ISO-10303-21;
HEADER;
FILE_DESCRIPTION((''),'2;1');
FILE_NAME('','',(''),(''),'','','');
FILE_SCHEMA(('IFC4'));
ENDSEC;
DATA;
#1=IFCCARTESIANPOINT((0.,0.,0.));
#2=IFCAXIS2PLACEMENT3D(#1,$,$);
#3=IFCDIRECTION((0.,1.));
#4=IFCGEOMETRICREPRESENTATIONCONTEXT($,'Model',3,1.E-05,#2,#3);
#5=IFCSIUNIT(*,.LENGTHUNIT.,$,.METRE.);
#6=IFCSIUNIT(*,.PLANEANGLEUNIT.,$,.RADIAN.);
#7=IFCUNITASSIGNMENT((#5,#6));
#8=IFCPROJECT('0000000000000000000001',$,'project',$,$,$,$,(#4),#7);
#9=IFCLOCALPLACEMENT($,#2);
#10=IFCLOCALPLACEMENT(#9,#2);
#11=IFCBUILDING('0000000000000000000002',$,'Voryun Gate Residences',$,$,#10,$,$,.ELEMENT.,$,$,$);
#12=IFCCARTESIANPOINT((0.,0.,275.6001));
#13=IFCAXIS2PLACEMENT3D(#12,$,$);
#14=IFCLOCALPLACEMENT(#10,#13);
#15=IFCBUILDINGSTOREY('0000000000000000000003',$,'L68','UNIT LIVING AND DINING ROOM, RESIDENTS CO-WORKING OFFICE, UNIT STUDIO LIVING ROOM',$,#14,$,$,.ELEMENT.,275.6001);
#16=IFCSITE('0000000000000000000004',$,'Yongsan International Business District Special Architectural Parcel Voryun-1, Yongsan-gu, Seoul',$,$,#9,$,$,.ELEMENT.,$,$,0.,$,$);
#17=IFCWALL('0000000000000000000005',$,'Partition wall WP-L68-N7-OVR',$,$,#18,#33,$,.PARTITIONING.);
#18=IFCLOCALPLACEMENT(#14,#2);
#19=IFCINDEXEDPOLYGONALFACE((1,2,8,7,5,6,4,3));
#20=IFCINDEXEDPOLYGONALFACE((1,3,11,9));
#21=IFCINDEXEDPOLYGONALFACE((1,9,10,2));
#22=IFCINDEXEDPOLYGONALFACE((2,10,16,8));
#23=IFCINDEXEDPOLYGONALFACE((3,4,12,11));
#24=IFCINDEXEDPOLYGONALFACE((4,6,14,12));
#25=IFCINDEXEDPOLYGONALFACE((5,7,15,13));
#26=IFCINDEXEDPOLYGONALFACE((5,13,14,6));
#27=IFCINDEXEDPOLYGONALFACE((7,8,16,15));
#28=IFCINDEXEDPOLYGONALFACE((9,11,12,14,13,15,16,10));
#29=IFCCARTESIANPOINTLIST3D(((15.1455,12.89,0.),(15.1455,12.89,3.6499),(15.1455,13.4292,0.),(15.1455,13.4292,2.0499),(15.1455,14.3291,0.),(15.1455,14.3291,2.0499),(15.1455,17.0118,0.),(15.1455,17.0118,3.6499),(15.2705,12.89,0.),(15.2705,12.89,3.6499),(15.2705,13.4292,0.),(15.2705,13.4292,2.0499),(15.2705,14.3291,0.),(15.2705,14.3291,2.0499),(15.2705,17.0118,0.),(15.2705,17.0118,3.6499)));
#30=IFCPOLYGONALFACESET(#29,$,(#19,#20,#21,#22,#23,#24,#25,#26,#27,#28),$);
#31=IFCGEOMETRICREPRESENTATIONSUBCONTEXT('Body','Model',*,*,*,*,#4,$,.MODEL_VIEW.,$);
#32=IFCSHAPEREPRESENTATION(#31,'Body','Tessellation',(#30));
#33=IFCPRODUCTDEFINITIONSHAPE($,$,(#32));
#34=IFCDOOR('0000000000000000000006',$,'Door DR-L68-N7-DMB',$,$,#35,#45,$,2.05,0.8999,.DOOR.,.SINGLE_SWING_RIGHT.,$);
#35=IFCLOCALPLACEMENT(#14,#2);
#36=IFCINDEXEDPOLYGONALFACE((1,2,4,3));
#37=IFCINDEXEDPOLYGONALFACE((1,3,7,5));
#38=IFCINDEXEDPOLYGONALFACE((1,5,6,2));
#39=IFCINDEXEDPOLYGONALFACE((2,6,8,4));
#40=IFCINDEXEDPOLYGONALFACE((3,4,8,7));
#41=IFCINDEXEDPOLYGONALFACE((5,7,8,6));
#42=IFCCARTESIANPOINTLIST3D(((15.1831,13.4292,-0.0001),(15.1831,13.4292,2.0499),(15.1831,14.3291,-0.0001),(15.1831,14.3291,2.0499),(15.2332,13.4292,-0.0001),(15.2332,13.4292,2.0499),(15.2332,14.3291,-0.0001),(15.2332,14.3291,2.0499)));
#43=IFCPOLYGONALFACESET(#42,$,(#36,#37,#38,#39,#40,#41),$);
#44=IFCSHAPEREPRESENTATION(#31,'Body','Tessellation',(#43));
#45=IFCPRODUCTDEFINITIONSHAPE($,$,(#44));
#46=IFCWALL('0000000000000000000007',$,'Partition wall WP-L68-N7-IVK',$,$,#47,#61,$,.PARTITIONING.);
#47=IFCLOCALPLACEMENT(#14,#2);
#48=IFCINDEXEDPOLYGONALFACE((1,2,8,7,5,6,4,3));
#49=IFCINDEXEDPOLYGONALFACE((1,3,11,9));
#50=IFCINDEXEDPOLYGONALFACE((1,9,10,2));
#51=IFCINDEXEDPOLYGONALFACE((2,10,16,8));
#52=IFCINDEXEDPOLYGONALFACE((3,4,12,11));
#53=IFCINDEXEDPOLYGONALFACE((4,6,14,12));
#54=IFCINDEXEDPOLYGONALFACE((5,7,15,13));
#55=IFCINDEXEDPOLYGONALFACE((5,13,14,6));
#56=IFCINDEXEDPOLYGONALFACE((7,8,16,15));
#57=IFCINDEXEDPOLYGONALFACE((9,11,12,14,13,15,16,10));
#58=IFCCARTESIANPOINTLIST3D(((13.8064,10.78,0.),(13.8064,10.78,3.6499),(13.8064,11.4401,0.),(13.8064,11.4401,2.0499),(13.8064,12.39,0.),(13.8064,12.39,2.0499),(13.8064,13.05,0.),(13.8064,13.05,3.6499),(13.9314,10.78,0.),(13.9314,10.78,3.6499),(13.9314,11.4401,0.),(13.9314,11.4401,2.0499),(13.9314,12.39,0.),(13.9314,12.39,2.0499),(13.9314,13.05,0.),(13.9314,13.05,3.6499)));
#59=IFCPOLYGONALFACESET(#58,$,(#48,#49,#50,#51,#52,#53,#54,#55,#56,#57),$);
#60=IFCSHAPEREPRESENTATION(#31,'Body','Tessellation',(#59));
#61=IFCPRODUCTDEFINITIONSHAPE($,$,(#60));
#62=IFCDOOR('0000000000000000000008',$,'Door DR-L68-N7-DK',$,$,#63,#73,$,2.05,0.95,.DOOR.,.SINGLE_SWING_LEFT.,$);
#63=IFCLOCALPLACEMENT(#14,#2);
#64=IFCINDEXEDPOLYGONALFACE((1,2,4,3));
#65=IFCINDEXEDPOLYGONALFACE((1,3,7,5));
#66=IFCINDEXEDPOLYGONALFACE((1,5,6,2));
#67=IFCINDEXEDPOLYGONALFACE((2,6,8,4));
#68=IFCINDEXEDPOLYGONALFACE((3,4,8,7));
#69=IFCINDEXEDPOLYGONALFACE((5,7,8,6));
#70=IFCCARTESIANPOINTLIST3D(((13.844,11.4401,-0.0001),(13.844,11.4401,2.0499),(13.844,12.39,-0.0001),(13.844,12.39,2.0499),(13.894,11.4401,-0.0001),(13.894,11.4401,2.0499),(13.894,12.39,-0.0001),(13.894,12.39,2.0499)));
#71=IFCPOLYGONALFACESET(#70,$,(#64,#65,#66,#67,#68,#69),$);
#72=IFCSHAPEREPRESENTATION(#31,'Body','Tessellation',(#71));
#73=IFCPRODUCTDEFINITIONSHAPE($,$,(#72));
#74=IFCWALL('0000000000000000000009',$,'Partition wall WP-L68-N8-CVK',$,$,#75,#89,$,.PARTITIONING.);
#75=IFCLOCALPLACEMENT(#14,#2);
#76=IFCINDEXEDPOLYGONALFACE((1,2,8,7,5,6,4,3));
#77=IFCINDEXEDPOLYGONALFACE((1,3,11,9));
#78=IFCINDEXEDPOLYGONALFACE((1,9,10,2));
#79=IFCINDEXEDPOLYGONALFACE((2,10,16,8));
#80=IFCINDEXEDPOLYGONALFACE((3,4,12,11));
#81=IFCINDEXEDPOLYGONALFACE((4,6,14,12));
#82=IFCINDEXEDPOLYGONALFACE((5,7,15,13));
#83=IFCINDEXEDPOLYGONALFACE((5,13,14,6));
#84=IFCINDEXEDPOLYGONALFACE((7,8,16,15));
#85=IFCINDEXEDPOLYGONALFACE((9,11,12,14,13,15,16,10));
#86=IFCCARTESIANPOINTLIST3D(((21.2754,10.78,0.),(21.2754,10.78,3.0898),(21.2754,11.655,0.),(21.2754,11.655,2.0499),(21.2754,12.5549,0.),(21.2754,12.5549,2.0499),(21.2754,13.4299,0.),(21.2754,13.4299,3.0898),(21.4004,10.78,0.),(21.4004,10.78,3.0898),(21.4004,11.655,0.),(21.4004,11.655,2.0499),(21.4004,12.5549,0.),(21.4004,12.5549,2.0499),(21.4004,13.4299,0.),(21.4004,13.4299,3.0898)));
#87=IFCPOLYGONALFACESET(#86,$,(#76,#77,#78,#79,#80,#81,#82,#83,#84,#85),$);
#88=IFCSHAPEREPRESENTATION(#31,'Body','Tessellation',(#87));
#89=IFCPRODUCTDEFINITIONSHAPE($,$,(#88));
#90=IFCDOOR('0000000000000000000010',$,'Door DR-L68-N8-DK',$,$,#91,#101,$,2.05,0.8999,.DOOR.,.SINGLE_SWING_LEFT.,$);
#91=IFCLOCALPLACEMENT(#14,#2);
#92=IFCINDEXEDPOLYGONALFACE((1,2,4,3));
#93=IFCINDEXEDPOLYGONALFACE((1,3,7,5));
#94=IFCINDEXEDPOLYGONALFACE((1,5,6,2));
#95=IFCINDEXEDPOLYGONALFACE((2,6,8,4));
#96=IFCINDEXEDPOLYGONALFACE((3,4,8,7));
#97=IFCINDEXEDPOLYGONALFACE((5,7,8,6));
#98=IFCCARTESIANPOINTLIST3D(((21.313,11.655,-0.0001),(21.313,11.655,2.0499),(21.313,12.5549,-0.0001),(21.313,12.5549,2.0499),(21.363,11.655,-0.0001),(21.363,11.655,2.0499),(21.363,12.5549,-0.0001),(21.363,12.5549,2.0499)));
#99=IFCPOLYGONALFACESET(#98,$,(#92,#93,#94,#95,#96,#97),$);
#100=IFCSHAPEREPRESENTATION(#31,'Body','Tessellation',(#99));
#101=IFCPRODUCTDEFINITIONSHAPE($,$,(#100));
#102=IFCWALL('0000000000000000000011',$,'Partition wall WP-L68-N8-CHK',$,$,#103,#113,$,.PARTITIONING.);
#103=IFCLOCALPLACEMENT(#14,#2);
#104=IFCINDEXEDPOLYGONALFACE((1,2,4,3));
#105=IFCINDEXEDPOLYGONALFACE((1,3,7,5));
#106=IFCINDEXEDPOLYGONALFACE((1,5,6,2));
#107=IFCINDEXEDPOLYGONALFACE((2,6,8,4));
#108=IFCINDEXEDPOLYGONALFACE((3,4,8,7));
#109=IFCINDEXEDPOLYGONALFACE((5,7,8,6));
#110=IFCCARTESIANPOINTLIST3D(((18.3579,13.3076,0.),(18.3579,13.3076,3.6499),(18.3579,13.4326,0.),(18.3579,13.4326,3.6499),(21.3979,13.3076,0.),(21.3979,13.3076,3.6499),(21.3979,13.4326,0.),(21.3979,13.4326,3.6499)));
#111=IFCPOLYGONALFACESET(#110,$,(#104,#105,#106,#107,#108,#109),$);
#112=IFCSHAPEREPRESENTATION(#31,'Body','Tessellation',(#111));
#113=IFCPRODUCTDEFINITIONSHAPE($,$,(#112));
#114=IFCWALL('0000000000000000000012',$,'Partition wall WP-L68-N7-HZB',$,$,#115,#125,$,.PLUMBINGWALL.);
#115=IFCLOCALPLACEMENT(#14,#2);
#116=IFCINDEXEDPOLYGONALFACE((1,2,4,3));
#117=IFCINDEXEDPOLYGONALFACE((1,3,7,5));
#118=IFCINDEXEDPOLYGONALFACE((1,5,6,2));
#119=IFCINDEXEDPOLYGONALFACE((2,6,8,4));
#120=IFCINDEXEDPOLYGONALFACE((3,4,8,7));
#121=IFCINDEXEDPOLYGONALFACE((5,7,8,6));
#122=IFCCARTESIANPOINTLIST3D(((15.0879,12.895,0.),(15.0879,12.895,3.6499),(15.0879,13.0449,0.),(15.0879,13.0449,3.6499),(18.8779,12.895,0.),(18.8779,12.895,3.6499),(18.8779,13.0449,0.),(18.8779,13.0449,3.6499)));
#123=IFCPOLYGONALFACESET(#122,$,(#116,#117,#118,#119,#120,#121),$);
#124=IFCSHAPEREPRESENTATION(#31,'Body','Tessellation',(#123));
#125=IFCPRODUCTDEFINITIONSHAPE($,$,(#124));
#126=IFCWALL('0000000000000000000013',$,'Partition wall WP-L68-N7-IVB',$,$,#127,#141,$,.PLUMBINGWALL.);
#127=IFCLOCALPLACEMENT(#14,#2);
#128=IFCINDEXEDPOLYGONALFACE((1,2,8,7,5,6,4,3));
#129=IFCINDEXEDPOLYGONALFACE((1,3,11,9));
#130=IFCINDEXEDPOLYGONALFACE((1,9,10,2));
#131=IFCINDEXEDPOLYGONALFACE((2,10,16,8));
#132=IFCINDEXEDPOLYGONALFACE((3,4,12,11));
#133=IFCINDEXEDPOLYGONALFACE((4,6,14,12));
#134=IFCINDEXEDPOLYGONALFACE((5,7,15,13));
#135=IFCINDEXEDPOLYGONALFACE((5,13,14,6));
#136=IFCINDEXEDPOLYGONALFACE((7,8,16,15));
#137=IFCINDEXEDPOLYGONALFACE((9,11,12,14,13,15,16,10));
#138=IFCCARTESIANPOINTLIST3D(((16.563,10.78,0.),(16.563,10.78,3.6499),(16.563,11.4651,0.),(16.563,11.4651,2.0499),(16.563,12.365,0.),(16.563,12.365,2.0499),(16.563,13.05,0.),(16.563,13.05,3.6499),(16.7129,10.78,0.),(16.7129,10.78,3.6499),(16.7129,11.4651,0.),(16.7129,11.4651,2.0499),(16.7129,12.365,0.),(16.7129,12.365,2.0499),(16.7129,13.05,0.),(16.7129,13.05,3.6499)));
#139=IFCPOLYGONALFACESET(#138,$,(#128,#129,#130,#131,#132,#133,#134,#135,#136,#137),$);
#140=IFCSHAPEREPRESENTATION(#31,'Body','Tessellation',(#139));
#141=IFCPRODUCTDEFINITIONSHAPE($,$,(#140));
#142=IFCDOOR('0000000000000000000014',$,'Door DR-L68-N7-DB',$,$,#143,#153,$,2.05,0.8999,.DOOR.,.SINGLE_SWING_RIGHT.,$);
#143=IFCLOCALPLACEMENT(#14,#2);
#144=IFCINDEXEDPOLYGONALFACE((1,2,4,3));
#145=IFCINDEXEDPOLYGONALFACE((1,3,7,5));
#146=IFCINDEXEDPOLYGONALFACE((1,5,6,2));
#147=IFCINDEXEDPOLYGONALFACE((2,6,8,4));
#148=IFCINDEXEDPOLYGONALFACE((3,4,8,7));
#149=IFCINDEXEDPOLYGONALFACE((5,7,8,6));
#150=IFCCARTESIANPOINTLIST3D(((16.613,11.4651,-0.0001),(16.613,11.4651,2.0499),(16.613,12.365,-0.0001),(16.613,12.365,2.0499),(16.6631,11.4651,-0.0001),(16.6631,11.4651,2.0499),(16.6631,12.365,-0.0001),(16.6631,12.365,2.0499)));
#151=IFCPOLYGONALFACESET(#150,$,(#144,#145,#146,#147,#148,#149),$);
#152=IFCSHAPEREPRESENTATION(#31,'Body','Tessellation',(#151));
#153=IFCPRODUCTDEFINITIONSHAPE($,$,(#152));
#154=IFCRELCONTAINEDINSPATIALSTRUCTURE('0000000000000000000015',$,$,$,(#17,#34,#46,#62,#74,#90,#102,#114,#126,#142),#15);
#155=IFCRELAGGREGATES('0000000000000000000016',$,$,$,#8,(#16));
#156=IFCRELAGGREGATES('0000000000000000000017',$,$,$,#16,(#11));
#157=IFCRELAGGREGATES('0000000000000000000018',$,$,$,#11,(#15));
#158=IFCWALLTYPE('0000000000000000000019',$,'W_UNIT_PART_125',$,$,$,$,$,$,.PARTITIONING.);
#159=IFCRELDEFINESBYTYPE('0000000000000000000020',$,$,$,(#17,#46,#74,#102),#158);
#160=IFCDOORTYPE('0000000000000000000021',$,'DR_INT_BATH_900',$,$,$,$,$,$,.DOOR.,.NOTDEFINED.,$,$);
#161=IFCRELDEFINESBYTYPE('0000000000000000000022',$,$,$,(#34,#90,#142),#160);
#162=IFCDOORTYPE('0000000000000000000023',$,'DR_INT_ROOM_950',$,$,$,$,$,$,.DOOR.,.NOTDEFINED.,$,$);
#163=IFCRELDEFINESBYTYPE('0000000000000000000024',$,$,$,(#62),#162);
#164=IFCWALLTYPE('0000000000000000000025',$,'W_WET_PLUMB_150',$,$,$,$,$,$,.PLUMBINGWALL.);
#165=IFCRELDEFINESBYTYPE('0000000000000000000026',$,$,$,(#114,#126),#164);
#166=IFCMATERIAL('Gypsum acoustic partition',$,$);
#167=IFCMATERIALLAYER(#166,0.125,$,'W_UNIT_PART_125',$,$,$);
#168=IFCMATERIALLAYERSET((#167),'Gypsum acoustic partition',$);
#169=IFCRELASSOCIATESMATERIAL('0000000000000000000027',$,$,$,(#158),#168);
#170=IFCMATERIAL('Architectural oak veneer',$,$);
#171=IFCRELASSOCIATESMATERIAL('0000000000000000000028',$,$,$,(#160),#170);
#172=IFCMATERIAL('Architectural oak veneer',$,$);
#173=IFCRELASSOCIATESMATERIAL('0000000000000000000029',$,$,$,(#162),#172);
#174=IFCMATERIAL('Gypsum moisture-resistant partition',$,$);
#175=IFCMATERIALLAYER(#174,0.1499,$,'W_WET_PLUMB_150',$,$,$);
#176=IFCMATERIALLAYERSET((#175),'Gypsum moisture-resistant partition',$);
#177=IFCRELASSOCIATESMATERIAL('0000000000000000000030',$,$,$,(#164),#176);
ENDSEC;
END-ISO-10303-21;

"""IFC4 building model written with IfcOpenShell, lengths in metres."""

from ifc_helpers import new_model, si_unit, direction, frame, frame_2d, origin, place, context, subcontext, project, spatial, rectangle, extrude, material, layer, layer_set, type_object, element, fill, save


model = new_model("IFC4")

# Units and contexts
model_context = context("Model", 3, precision=1e-05, world=origin(), true_north=direction((0.0, 1.0)))
body_context = subcontext(model_context, "Body", "Model", "MODEL_VIEW")
ifc_project = project(units=[si_unit("LENGTHUNIT", "METRE"), si_unit("PLANEANGLEUNIT", "RADIAN")], contexts=[model_context])

# Site, building, storey
site_placement = place(None, origin())
site = spatial("IfcSite", under=ifc_project, at=site_placement, Name="Yongsan International Business District Special Architectural Parcel Voryun-1, Yongsan-gu, Seoul", CompositionType="ELEMENT", RefElevation=0.0)
building_placement = place(site_placement, origin())
building = spatial("IfcBuilding", under=site, at=building_placement, Name="Voryun Gate Residences", CompositionType="ELEMENT")
storey_placement = place(building_placement, frame((0.0, 0.0, 275.6001)))
storey = spatial("IfcBuildingStorey", under=building, at=storey_placement, Name="L68", Description="UNIT LIVING AND DINING ROOM, RESIDENTS CO-WORKING OFFICE, UNIT STUDIO LIVING ROOM", CompositionType="ELEMENT", Elevation=275.6001)

# Walls, openings, doors
ifc_material_1 = material(Name="Gypsum acoustic partition")
ifc_layer_1 = layer(ifc_material_1, 0.125, Name="W_UNIT_PART_125")
ifc_layer_set_1 = layer_set([ifc_layer_1], Name="Gypsum acoustic partition")
wall_type_1 = type_object("IfcWallType", Name="W_UNIT_PART_125", PredefinedType="PARTITIONING", material=ifc_layer_set_1)
wall_1_placement = place(storey_placement, frame((15.208, 12.8899, 0.0), z_axis=(0.0, 0.0, 1.0), x_axis=(0.0, 1.0, 0.0)))
wall_1 = element("IfcWall", 1, at=wall_1_placement, inside=storey, type_object=wall_type_1, Name="Partition wall WP-L68-N7-OVR", PredefinedType="PARTITIONING", context=body_context, shape_type="SweptSolid", body=[
    extrude(rectangle(XDim=4.1218, YDim=0.125, at=frame_2d((2.061, 0.0))), origin(), (0.0, 0.0, 1.0), 3.6499),
])
opening_1_placement = place(wall_1_placement, frame((0.5393, 0.0, 0.0)))
opening_1 = element("IfcOpeningElement", 2, at=opening_1_placement, cuts=wall_1, PredefinedType="OPENING", context=body_context, shape_type="SweptSolid", body=[
    extrude(rectangle(XDim=0.8999, YDim=2.05, at=frame_2d((0.45, 1.0249))), frame((0.0, 0.0725, 0.0), z_axis=(0.0, -1.0, 0.0), x_axis=(1.0, 0.0, 0.0)), (0.0, 0.0, 1.0), 0.145),
])
ifc_material_2 = material(Name="Architectural oak veneer")
door_type_1 = type_object("IfcDoorType", Name="DR_INT_BATH_900", OperationType="NOTDEFINED", PredefinedType="DOOR", material=ifc_material_2)
door_1_placement = place(opening_1_placement, origin())
door_1 = element("IfcDoor", 3, at=door_1_placement, inside=storey, type_object=door_type_1, Name="Door DR-L68-N7-DMB", OperationType="SINGLE_SWING_RIGHT", OverallHeight=2.05, OverallWidth=0.8999, PredefinedType="DOOR", context=body_context, shape_type="SweptSolid", body=[
    extrude(rectangle(XDim=0.8999, YDim=2.05, at=frame_2d((0.45, 1.0249))), frame((0.0, 0.0249, 0.0), z_axis=(0.0, -1.0, 0.0), x_axis=(1.0, 0.0, 0.0)), (0.0, 0.0, 1.0), 0.05),
])
fill(opening_1, door_1)
wall_2_placement = place(storey_placement, frame((13.8689, 10.78, 0.0), z_axis=(0.0, 0.0, 1.0), x_axis=(0.0, 1.0, 0.0)))
wall_2 = element("IfcWall", 4, at=wall_2_placement, inside=storey, type_object=wall_type_1, Name="Partition wall WP-L68-N7-IVK", PredefinedType="PARTITIONING", context=body_context, shape_type="SweptSolid", body=[
    extrude(rectangle(XDim=2.27, YDim=0.125, at=frame_2d((1.135, 0.0))), origin(), (0.0, 0.0, 1.0), 3.6499),
])
opening_2_placement = place(wall_2_placement, frame((0.6599, 0.0, 0.0)))
opening_2 = element("IfcOpeningElement", 5, at=opening_2_placement, cuts=wall_2, PredefinedType="OPENING", context=body_context, shape_type="SweptSolid", body=[
    extrude(rectangle(XDim=0.95, YDim=2.05, at=frame_2d((0.4751, 1.0249))), frame((0.0, 0.0725, 0.0), z_axis=(0.0, -1.0, 0.0), x_axis=(1.0, 0.0, 0.0)), (0.0, 0.0, 1.0), 0.145),
])
ifc_material_3 = material(Name="Architectural oak veneer")
door_type_2 = type_object("IfcDoorType", Name="DR_INT_ROOM_950", OperationType="NOTDEFINED", PredefinedType="DOOR", material=ifc_material_3)
door_2_placement = place(opening_2_placement, origin())
door_2 = element("IfcDoor", 6, at=door_2_placement, inside=storey, type_object=door_type_2, Name="Door DR-L68-N7-DK", OperationType="SINGLE_SWING_LEFT", OverallHeight=2.05, OverallWidth=0.95, PredefinedType="DOOR", context=body_context, shape_type="SweptSolid", body=[
    extrude(rectangle(XDim=0.95, YDim=2.05, at=frame_2d((0.4751, 1.0249))), frame((0.0, 0.0249, 0.0), z_axis=(0.0, -1.0, 0.0), x_axis=(1.0, 0.0, 0.0)), (0.0, 0.0, 1.0), 0.05),
])
fill(opening_2, door_2)
wall_3_placement = place(storey_placement, frame((21.3379, 10.78, 0.0), z_axis=(0.0, 0.0, 1.0), x_axis=(0.0, 1.0, 0.0)))
wall_3 = element("IfcWall", 7, at=wall_3_placement, inside=storey, type_object=wall_type_1, Name="Partition wall WP-L68-N8-CVK", PredefinedType="PARTITIONING", context=body_context, shape_type="SweptSolid", body=[
    extrude(rectangle(XDim=2.6499, YDim=0.125, at=frame_2d((1.325, 0.0))), origin(), (0.0, 0.0, 1.0), 3.0898),
])
opening_3_placement = place(wall_3_placement, frame((0.875, 0.0, 0.0)))
opening_3 = element("IfcOpeningElement", 8, at=opening_3_placement, cuts=wall_3, PredefinedType="OPENING", context=body_context, shape_type="SweptSolid", body=[
    extrude(rectangle(XDim=0.8999, YDim=2.05, at=frame_2d((0.45, 1.0249))), frame((0.0, 0.0725, 0.0), z_axis=(0.0, -1.0, 0.0), x_axis=(1.0, 0.0, 0.0)), (0.0, 0.0, 1.0), 0.145),
])
door_3_placement = place(opening_3_placement, origin())
door_3 = element("IfcDoor", 9, at=door_3_placement, inside=storey, type_object=door_type_1, Name="Door DR-L68-N8-DK", OperationType="SINGLE_SWING_LEFT", OverallHeight=2.05, OverallWidth=0.8999, PredefinedType="DOOR", context=body_context, shape_type="SweptSolid", body=[
    extrude(rectangle(XDim=0.8999, YDim=2.05, at=frame_2d((0.45, 1.0249))), frame((0.0, 0.0249, 0.0), z_axis=(0.0, -1.0, 0.0), x_axis=(1.0, 0.0, 0.0)), (0.0, 0.0, 1.0), 0.05),
])
fill(opening_3, door_3)

# Walls
wall_4_placement = place(storey_placement, frame((18.3579, 13.3701, 0.0), z_axis=(0.0, 0.0, 1.0), x_axis=(1.0, 0.0, 0.0)))
element("IfcWall", 10, at=wall_4_placement, inside=storey, type_object=wall_type_1, Name="Partition wall WP-L68-N8-CHK", PredefinedType="PARTITIONING", context=body_context, shape_type="SweptSolid", body=[
    extrude(rectangle(XDim=3.04, YDim=0.125, at=frame_2d((1.52, 0.0))), origin(), (0.0, 0.0, 1.0), 3.6499),
])
ifc_material_4 = material(Name="Gypsum moisture-resistant partition")
ifc_layer_2 = layer(ifc_material_4, 0.1499, Name="W_WET_PLUMB_150")
ifc_layer_set_2 = layer_set([ifc_layer_2], Name="Gypsum moisture-resistant partition")
wall_type_2 = type_object("IfcWallType", Name="W_WET_PLUMB_150", PredefinedType="PLUMBINGWALL", material=ifc_layer_set_2)
wall_5_placement = place(storey_placement, frame((15.0879, 12.97, 0.0), z_axis=(0.0, 0.0, 1.0), x_axis=(1.0, 0.0, 0.0)))
element("IfcWall", 11, at=wall_5_placement, inside=storey, type_object=wall_type_2, Name="Partition wall WP-L68-N7-HZB", PredefinedType="PLUMBINGWALL", context=body_context, shape_type="SweptSolid", body=[
    extrude(rectangle(XDim=3.79, YDim=0.1499, at=frame_2d((1.895, 0.0))), origin(), (0.0, 0.0, 1.0), 3.6499),
])

# Wall, opening, door
wall_6_placement = place(storey_placement, frame((16.6379, 10.78, 0.0), z_axis=(0.0, 0.0, 1.0), x_axis=(0.0, 1.0, 0.0)))
wall_6 = element("IfcWall", 12, at=wall_6_placement, inside=storey, type_object=wall_type_2, Name="Partition wall WP-L68-N7-IVB", PredefinedType="PLUMBINGWALL", context=body_context, shape_type="SweptSolid", body=[
    extrude(rectangle(XDim=2.27, YDim=0.1499, at=frame_2d((1.135, 0.0))), origin(), (0.0, 0.0, 1.0), 3.6499),
])
opening_4_placement = place(wall_6_placement, frame((0.6851, 0.0, 0.0)))
opening_4 = element("IfcOpeningElement", 13, at=opening_4_placement, cuts=wall_6, PredefinedType="OPENING", context=body_context, shape_type="SweptSolid", body=[
    extrude(rectangle(XDim=0.8999, YDim=2.05, at=frame_2d((0.45, 1.0249))), frame((0.0, 0.085, 0.0), z_axis=(0.0, -1.0, 0.0), x_axis=(1.0, 0.0, 0.0)), (0.0, 0.0, 1.0), 0.1699),
])
door_4_placement = place(opening_4_placement, origin())
door_4 = element("IfcDoor", 14, at=door_4_placement, inside=storey, type_object=door_type_1, Name="Door DR-L68-N7-DB", OperationType="SINGLE_SWING_RIGHT", OverallHeight=2.05, OverallWidth=0.8999, PredefinedType="DOOR", context=body_context, shape_type="SweptSolid", body=[
    extrude(rectangle(XDim=0.8999, YDim=2.05, at=frame_2d((0.45, 1.0249))), frame((0.0, 0.0249, 0.0), z_axis=(0.0, -1.0, 0.0), x_axis=(1.0, 0.0, 0.0)), (0.0, 0.0, 1.0), 0.05),
])
fill(opening_4, door_4)

save(model, "model.ifc")
